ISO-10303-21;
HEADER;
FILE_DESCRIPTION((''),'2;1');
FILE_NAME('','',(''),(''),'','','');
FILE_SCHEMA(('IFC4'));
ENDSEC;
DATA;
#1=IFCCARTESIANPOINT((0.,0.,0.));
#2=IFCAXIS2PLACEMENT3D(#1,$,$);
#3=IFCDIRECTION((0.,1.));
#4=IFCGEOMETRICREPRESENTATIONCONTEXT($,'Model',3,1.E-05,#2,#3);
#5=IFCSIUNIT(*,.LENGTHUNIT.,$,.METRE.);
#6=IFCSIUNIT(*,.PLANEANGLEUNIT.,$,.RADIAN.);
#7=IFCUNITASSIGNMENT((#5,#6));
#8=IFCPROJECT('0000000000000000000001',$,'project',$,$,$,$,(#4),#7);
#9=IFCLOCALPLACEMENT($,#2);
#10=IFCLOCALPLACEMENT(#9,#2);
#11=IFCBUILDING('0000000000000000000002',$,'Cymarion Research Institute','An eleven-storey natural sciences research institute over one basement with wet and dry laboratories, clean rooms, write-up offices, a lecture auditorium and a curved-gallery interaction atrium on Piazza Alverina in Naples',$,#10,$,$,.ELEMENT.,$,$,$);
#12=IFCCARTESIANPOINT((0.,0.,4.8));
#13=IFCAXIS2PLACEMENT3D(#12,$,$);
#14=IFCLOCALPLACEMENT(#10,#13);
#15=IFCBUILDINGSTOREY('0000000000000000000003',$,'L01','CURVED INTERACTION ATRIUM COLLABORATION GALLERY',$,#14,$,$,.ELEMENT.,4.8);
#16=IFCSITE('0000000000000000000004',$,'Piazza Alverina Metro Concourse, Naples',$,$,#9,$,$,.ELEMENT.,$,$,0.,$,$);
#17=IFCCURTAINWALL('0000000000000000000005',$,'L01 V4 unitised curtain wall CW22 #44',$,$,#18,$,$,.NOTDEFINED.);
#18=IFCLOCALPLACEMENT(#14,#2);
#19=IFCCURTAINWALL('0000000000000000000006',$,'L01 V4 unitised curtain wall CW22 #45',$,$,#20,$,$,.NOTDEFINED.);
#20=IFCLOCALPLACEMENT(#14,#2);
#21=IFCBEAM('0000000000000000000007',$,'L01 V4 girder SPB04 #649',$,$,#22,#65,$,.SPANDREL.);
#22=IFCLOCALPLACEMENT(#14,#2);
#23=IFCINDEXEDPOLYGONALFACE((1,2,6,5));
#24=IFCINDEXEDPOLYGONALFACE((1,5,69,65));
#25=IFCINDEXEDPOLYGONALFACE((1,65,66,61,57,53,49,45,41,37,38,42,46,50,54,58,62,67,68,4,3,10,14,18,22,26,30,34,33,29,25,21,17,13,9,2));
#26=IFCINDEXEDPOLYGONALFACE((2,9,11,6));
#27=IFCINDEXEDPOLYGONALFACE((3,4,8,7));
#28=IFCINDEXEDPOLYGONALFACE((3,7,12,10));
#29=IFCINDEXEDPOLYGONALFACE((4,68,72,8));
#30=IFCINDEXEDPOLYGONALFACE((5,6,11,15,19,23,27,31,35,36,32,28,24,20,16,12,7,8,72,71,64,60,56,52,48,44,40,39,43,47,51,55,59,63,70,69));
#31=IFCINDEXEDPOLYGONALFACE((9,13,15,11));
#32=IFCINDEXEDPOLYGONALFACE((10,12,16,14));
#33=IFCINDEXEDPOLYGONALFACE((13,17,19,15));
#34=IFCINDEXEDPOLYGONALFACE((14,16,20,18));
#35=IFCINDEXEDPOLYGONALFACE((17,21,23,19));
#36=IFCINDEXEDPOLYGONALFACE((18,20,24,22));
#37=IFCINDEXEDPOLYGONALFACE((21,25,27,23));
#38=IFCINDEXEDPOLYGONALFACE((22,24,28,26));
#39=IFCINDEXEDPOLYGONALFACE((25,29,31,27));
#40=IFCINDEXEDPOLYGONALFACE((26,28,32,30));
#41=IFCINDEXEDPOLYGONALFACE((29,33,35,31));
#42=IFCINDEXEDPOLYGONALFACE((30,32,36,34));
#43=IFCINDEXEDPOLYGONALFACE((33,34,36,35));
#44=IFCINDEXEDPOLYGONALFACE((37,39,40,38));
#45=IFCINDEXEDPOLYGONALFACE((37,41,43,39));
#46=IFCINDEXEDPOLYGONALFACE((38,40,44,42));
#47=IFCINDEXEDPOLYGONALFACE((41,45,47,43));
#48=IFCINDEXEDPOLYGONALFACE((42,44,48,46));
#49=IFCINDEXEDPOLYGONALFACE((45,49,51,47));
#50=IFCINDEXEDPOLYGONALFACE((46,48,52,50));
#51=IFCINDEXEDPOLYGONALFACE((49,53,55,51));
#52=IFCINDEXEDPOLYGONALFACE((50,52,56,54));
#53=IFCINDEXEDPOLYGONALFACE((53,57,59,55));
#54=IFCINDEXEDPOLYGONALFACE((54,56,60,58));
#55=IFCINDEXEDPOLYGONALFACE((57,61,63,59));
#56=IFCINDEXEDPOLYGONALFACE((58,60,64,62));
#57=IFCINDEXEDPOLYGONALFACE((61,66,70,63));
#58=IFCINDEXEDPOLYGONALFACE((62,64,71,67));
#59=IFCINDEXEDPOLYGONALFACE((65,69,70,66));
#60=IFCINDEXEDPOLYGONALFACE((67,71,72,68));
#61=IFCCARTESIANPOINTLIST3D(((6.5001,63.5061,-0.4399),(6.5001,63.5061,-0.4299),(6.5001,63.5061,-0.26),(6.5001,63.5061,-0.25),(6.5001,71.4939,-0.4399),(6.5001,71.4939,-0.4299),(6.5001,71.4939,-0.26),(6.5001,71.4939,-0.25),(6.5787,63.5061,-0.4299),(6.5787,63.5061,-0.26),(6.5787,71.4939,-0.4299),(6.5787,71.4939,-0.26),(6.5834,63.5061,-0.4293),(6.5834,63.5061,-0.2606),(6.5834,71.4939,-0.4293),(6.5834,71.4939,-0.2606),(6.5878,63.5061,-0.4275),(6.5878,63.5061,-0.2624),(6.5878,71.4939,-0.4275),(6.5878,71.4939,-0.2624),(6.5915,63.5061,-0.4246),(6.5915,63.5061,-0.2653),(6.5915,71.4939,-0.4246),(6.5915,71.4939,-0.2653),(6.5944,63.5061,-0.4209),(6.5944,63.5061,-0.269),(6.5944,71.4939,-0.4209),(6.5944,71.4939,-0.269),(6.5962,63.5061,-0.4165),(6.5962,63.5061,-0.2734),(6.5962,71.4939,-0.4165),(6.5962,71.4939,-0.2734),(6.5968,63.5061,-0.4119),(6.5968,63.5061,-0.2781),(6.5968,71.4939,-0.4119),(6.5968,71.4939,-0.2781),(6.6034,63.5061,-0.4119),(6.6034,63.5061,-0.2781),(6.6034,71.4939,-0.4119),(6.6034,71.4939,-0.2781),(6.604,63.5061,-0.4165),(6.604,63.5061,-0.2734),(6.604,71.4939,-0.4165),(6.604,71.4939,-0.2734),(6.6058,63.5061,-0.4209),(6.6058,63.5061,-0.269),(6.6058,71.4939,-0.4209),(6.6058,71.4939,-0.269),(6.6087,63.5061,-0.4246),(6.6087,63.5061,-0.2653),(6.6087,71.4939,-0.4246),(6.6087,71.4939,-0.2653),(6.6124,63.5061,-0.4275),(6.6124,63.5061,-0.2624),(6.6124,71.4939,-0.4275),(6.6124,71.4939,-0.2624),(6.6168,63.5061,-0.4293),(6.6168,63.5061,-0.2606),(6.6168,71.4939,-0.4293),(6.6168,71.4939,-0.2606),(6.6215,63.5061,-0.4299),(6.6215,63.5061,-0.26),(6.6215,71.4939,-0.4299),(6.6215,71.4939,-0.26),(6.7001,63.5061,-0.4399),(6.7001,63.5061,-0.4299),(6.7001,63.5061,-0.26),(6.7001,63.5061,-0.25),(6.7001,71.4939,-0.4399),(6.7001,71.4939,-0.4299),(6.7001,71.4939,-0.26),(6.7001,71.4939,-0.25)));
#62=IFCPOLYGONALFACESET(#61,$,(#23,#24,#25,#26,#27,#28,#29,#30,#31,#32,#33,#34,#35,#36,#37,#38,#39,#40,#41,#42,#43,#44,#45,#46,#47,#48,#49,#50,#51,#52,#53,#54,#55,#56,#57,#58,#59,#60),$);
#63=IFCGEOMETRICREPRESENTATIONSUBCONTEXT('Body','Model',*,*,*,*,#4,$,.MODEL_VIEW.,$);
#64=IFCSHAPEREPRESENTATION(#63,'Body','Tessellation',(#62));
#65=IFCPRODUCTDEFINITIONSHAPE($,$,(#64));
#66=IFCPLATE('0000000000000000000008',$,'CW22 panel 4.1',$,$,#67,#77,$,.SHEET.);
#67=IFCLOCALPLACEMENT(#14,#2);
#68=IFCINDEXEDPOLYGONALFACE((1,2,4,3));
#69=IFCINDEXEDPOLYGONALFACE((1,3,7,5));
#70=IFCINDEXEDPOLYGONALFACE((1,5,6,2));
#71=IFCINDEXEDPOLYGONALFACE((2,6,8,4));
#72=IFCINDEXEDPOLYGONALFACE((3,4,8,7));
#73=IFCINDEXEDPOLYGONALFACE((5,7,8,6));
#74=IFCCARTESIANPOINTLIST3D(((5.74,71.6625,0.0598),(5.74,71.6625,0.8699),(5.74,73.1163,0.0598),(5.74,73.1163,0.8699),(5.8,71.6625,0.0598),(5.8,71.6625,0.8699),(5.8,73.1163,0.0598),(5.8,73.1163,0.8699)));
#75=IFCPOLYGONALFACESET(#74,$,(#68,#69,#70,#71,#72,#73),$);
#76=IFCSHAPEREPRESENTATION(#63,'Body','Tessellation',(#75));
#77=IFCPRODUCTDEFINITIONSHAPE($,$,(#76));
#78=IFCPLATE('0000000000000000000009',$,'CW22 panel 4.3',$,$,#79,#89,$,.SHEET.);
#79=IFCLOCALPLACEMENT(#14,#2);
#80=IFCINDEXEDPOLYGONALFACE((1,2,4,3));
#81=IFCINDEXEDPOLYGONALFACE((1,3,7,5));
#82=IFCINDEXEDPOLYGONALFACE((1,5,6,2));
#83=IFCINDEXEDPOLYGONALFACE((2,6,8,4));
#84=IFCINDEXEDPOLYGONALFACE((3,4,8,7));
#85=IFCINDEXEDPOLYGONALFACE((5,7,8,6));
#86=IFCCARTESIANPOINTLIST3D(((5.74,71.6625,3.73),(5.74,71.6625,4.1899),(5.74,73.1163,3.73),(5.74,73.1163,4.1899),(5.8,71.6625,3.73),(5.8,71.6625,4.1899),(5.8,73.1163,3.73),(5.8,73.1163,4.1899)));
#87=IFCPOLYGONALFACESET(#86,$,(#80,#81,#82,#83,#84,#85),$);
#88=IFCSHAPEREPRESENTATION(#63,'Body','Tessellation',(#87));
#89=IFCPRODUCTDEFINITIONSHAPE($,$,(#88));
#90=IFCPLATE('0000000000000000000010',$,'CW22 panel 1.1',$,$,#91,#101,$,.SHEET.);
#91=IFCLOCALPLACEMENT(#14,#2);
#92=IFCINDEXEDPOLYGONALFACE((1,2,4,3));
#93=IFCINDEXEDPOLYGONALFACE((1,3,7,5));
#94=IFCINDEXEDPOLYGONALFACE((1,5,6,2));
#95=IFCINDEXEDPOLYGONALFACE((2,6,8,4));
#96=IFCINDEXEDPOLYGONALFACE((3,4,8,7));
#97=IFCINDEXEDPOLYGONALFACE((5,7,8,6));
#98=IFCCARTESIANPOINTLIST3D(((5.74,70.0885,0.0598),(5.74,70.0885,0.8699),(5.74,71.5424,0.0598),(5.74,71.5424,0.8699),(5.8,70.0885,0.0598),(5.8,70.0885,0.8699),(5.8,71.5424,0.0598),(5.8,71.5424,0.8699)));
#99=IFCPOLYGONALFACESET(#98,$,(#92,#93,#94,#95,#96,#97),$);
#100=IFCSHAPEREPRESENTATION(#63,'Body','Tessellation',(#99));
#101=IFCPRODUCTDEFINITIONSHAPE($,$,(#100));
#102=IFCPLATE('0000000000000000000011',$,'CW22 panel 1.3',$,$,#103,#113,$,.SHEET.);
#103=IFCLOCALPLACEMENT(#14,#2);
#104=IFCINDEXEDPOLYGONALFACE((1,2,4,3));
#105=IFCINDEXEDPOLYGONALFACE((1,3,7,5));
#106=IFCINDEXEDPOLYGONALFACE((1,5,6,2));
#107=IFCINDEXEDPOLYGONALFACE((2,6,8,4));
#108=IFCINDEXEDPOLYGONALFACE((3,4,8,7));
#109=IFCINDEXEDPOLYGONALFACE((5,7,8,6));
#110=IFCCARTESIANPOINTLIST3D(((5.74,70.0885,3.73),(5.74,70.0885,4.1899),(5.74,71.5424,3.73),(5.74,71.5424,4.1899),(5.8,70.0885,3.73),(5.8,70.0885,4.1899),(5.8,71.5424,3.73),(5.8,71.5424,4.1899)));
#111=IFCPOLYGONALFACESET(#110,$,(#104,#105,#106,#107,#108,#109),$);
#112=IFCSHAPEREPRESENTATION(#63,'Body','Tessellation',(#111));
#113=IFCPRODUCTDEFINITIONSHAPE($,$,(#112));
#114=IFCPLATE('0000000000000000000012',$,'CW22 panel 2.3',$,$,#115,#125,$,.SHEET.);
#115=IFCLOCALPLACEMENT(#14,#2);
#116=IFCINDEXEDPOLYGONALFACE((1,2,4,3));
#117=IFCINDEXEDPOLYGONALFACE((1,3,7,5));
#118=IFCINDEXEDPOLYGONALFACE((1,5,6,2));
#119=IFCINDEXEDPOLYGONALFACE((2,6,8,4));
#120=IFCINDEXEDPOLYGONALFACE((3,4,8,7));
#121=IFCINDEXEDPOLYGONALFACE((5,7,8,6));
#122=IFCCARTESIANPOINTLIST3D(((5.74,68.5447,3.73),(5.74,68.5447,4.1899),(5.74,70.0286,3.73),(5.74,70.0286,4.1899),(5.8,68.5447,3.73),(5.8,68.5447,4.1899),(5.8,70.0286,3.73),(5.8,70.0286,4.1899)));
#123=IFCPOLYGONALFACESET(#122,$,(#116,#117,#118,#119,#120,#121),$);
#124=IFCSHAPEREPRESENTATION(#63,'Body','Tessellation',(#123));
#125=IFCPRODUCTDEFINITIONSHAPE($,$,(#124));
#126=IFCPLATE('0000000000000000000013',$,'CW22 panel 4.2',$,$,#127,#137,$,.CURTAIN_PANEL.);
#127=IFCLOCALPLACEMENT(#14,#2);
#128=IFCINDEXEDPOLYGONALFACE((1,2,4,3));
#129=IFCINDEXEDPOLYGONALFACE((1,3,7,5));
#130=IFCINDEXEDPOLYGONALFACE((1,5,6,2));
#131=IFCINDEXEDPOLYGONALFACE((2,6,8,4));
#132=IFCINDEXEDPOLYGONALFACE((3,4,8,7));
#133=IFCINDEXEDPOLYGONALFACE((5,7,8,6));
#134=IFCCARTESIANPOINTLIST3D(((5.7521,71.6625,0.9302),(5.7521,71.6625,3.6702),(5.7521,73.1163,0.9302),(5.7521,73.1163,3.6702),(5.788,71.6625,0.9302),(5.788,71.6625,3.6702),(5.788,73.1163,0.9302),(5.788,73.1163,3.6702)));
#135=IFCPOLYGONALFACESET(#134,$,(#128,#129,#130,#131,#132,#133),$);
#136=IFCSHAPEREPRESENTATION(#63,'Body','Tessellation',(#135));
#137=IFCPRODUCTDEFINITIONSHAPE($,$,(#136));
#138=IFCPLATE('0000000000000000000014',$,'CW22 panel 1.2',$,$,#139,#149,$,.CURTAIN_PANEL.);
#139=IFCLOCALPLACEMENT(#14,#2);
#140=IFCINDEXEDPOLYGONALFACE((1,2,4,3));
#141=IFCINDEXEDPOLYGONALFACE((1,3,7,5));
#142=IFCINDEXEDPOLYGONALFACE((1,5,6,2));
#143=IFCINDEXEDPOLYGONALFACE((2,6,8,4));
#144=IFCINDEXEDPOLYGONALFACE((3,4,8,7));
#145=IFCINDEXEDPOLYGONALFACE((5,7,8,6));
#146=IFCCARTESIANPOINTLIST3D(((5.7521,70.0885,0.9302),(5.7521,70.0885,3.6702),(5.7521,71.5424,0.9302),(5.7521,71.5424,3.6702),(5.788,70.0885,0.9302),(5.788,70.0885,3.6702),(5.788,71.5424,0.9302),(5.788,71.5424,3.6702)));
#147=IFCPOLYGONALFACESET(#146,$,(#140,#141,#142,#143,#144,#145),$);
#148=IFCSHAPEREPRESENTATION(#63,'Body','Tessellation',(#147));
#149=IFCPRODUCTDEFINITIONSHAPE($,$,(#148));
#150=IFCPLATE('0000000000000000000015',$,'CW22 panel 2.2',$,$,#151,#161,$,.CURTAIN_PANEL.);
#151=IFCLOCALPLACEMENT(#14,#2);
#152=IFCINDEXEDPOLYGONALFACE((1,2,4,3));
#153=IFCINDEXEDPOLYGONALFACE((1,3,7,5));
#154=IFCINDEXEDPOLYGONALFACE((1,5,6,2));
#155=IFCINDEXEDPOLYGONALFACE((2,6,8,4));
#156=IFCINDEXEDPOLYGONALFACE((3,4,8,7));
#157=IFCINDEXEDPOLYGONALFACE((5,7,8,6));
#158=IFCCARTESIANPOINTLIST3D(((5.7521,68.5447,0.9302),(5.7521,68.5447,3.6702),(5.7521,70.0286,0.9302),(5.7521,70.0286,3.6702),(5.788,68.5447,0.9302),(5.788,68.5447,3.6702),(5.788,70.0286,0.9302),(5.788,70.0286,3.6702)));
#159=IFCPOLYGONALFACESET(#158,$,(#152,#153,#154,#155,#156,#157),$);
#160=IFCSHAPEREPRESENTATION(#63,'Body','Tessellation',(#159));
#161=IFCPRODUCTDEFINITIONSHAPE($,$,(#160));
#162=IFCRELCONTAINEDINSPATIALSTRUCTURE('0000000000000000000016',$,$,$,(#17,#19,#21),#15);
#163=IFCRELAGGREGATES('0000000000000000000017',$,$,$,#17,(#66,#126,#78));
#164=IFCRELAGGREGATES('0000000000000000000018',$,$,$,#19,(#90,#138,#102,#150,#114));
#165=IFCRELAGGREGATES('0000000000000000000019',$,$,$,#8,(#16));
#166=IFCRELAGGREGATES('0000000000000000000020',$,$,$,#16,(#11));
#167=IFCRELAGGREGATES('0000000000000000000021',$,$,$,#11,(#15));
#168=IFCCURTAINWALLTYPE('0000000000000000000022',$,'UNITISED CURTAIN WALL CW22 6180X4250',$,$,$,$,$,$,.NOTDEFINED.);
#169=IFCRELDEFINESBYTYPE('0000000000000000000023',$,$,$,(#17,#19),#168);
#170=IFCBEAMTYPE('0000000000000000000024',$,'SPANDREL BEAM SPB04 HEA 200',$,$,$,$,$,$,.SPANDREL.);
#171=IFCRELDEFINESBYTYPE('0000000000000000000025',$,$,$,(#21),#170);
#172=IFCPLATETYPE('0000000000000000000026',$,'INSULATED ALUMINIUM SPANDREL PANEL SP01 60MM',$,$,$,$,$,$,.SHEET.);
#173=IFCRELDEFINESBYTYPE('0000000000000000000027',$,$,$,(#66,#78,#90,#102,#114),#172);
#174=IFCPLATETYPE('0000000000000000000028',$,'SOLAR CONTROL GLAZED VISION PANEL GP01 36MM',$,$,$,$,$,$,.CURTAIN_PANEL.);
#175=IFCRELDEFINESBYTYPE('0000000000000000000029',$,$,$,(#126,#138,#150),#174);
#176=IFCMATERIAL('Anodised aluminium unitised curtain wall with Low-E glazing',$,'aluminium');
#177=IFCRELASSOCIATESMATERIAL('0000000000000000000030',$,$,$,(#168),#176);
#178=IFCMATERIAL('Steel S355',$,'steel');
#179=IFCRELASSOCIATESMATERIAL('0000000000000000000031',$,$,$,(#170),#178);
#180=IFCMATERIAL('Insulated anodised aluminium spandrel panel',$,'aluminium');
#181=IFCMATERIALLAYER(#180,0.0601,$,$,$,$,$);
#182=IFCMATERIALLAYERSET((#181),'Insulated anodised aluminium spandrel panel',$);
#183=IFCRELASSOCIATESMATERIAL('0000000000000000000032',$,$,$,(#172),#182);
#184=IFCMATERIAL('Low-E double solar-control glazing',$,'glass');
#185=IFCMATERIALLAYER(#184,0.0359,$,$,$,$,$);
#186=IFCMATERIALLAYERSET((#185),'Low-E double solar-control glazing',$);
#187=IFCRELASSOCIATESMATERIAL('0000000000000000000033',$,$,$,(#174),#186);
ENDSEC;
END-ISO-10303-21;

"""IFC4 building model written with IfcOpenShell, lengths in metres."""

from ifc_helpers import new_model, si_unit, direction, frame, origin, origin_2d, place, context, subcontext, project, spatial, rectangle, i_section, extrude, material, layer, layer_set, material_profile, profile_set, type_object, element, aggregate, save


model = new_model("IFC4")

# Units and contexts
model_context = context("Model", 3, precision=1e-05, world=origin(), true_north=direction((0.0, 1.0)))
body_context = subcontext(model_context, "Body", "Model", "MODEL_VIEW")
ifc_project = project(units=[si_unit("LENGTHUNIT", "METRE"), si_unit("PLANEANGLEUNIT", "RADIAN")], contexts=[model_context])

# Site, building, storey
site_placement = place(None, origin())
site = spatial("IfcSite", under=ifc_project, at=site_placement, Name="Piazza Alverina Metro Concourse, Naples", CompositionType="ELEMENT", RefElevation=0.0)
building_placement = place(site_placement, origin())
building = spatial("IfcBuilding", under=site, at=building_placement, Name="Cymarion Research Institute", Description="An eleven-storey natural sciences research institute over one basement with wet and dry laboratories, clean rooms, write-up offices, a lecture auditorium and a curved-gallery interaction atrium on Piazza Alverina in Naples", CompositionType="ELEMENT")
storey_placement = place(building_placement, frame((0.0, 0.0, 4.8)))
storey = spatial("IfcBuildingStorey", under=building, at=storey_placement, Name="L01", Description="CURVED INTERACTION ATRIUM COLLABORATION GALLERY", CompositionType="ELEMENT", Elevation=4.8)

# Shared definitions
ifc_material_1 = material(Name="Steel S355", Category="steel")

# Curtain walls
ifc_material_2 = material(Name="Anodised aluminium unitised curtain wall with Low-E glazing", Category="aluminium")
curtain_wall_type = type_object("IfcCurtainWallType", Name="UNITISED CURTAIN WALL CW22 6180X4250", PredefinedType="NOTDEFINED", material=ifc_material_2)
curtain_wall_1_placement = place(storey_placement, origin())
curtain_wall_1 = element("IfcCurtainWall", 1, at=curtain_wall_1_placement, inside=storey, type_object=curtain_wall_type, Name="L01 V4 unitised curtain wall CW22 #44", PredefinedType="NOTDEFINED")
curtain_wall_2_placement = place(storey_placement, origin())
curtain_wall_2 = element("IfcCurtainWall", 2, at=curtain_wall_2_placement, inside=storey, type_object=curtain_wall_type, Name="L01 V4 unitised curtain wall CW22 #45", PredefinedType="NOTDEFINED")

# Beam
ifc_material_profile_1 = material_profile(ifc_material_1, i_section(OverallWidth=0.2, OverallDepth=0.1899, WebThickness=0.0066, FlangeThickness=0.01, FilletRadius=0.0181, at=origin_2d()), Name="HEA 200")
ifc_profile_set_1 = profile_set([ifc_material_profile_1], Name="Steel S355")
beam_type_1 = type_object("IfcBeamType", Name="SPANDREL BEAM SPB04 HEA 200", PredefinedType="SPANDREL", material=ifc_profile_set_1)
beam_1_placement = place(storey_placement, frame((6.6001, 63.5061, -0.345), z_axis=(0.0, 1.0, 0.0), x_axis=(-1.0, 0.0, 0.0)))
element("IfcBeam", 3, at=beam_1_placement, inside=storey, type_object=beam_type_1, Name="L01 V4 girder SPB04 #649", PredefinedType="SPANDREL", context=body_context, shape_type="SweptSolid", body=[
    extrude(i_section(OverallWidth=0.2, OverallDepth=0.1899, WebThickness=0.0066, FlangeThickness=0.01, FilletRadius=0.0181, at=origin_2d()), origin(), (0.0, 0.0, 1.0), 7.9878),
])

# Plates
ifc_material_3 = material(Name="Insulated anodised aluminium spandrel panel", Category="aluminium")
ifc_layer_1 = layer(ifc_material_3, 0.0601)
ifc_layer_set_1 = layer_set([ifc_layer_1], Name="Insulated anodised aluminium spandrel panel")
plate_type_1 = type_object("IfcPlateType", Name="INSULATED ALUMINIUM SPANDREL PANEL SP01 60MM", PredefinedType="SHEET", material=ifc_layer_set_1)
plate_1_placement = place(storey_placement, frame((5.77, 72.3894, 0.0598), z_axis=(0.0, 0.0, 1.0), x_axis=(0.0, -1.0, 0.0)))
plate_1 = element("IfcPlate", 4, at=plate_1_placement, type_object=plate_type_1, Name="CW22 panel 4.1", PredefinedType="SHEET", context=body_context, shape_type="SweptSolid", body=[
    extrude(rectangle(XDim=1.4539, YDim=0.0601, at=origin_2d()), origin(), (0.0, 0.0, 1.0), 0.8101),
])
plate_2_placement = place(storey_placement, frame((5.77, 72.3894, 3.73), z_axis=(0.0, 0.0, 1.0), x_axis=(0.0, -1.0, 0.0)))
plate_2 = element("IfcPlate", 5, at=plate_2_placement, type_object=plate_type_1, Name="CW22 panel 4.3", PredefinedType="SHEET", context=body_context, shape_type="SweptSolid", body=[
    extrude(rectangle(XDim=1.4539, YDim=0.0601, at=origin_2d()), origin(), (0.0, 0.0, 1.0), 0.46),
])
plate_3_placement = place(storey_placement, frame((5.77, 70.8154, 0.0598), z_axis=(0.0, 0.0, 1.0), x_axis=(0.0, -1.0, 0.0)))
plate_3 = element("IfcPlate", 6, at=plate_3_placement, type_object=plate_type_1, Name="CW22 panel 1.1", PredefinedType="SHEET", context=body_context, shape_type="SweptSolid", body=[
    extrude(rectangle(XDim=1.4539, YDim=0.0601, at=origin_2d()), origin(), (0.0, 0.0, 1.0), 0.8101),
])
plate_4_placement = place(storey_placement, frame((5.77, 70.8154, 3.73), z_axis=(0.0, 0.0, 1.0), x_axis=(0.0, -1.0, 0.0)))
plate_4 = element("IfcPlate", 7, at=plate_4_placement, type_object=plate_type_1, Name="CW22 panel 1.3", PredefinedType="SHEET", context=body_context, shape_type="SweptSolid", body=[
    extrude(rectangle(XDim=1.4539, YDim=0.0601, at=origin_2d()), origin(), (0.0, 0.0, 1.0), 0.46),
])
plate_5_placement = place(storey_placement, frame((5.77, 69.2866, 3.73), z_axis=(0.0, 0.0, 1.0), x_axis=(0.0, -1.0, 0.0)))
plate_5 = element("IfcPlate", 8, at=plate_5_placement, type_object=plate_type_1, Name="CW22 panel 2.3", PredefinedType="SHEET", context=body_context, shape_type="SweptSolid", body=[
    extrude(rectangle(XDim=1.4839, YDim=0.0601, at=origin_2d()), origin(), (0.0, 0.0, 1.0), 0.46),
])
ifc_material_4 = material(Name="Low-E double solar-control glazing", Category="glass")
ifc_layer_2 = layer(ifc_material_4, 0.0359)
ifc_layer_set_2 = layer_set([ifc_layer_2], Name="Low-E double solar-control glazing")
plate_type_2 = type_object("IfcPlateType", Name="SOLAR CONTROL GLAZED VISION PANEL GP01 36MM", PredefinedType="CURTAIN_PANEL", material=ifc_layer_set_2)
plate_6_placement = place(storey_placement, frame((5.77, 72.3894, 0.9302), z_axis=(0.0, 0.0, 1.0), x_axis=(0.0, -1.0, 0.0)))
plate_6 = element("IfcPlate", 9, at=plate_6_placement, type_object=plate_type_2, Name="CW22 panel 4.2", PredefinedType="CURTAIN_PANEL", context=body_context, shape_type="SweptSolid", body=[
    extrude(rectangle(XDim=1.4539, YDim=0.0359, at=origin_2d()), origin(), (0.0, 0.0, 1.0), 2.74),
])
aggregate(curtain_wall_1, [plate_1, plate_6, plate_2])
plate_7_placement = place(storey_placement, frame((5.77, 70.8154, 0.9302), z_axis=(0.0, 0.0, 1.0), x_axis=(0.0, -1.0, 0.0)))
plate_7 = element("IfcPlate", 10, at=plate_7_placement, type_object=plate_type_2, Name="CW22 panel 1.2", PredefinedType="CURTAIN_PANEL", context=body_context, shape_type="SweptSolid", body=[
    extrude(rectangle(XDim=1.4539, YDim=0.0359, at=origin_2d()), origin(), (0.0, 0.0, 1.0), 2.74),
])
plate_8_placement = place(storey_placement, frame((5.77, 69.2866, 0.9302), z_axis=(0.0, 0.0, 1.0), x_axis=(0.0, -1.0, 0.0)))
plate_8 = element("IfcPlate", 11, at=plate_8_placement, type_object=plate_type_2, Name="CW22 panel 2.2", PredefinedType="CURTAIN_PANEL", context=body_context, shape_type="SweptSolid", body=[
    extrude(rectangle(XDim=1.4839, YDim=0.0359, at=origin_2d()), origin(), (0.0, 0.0, 1.0), 2.74),
])
aggregate(curtain_wall_2, [plate_3, plate_7, plate_4, plate_8, plate_5])

save(model, "model.ifc")
